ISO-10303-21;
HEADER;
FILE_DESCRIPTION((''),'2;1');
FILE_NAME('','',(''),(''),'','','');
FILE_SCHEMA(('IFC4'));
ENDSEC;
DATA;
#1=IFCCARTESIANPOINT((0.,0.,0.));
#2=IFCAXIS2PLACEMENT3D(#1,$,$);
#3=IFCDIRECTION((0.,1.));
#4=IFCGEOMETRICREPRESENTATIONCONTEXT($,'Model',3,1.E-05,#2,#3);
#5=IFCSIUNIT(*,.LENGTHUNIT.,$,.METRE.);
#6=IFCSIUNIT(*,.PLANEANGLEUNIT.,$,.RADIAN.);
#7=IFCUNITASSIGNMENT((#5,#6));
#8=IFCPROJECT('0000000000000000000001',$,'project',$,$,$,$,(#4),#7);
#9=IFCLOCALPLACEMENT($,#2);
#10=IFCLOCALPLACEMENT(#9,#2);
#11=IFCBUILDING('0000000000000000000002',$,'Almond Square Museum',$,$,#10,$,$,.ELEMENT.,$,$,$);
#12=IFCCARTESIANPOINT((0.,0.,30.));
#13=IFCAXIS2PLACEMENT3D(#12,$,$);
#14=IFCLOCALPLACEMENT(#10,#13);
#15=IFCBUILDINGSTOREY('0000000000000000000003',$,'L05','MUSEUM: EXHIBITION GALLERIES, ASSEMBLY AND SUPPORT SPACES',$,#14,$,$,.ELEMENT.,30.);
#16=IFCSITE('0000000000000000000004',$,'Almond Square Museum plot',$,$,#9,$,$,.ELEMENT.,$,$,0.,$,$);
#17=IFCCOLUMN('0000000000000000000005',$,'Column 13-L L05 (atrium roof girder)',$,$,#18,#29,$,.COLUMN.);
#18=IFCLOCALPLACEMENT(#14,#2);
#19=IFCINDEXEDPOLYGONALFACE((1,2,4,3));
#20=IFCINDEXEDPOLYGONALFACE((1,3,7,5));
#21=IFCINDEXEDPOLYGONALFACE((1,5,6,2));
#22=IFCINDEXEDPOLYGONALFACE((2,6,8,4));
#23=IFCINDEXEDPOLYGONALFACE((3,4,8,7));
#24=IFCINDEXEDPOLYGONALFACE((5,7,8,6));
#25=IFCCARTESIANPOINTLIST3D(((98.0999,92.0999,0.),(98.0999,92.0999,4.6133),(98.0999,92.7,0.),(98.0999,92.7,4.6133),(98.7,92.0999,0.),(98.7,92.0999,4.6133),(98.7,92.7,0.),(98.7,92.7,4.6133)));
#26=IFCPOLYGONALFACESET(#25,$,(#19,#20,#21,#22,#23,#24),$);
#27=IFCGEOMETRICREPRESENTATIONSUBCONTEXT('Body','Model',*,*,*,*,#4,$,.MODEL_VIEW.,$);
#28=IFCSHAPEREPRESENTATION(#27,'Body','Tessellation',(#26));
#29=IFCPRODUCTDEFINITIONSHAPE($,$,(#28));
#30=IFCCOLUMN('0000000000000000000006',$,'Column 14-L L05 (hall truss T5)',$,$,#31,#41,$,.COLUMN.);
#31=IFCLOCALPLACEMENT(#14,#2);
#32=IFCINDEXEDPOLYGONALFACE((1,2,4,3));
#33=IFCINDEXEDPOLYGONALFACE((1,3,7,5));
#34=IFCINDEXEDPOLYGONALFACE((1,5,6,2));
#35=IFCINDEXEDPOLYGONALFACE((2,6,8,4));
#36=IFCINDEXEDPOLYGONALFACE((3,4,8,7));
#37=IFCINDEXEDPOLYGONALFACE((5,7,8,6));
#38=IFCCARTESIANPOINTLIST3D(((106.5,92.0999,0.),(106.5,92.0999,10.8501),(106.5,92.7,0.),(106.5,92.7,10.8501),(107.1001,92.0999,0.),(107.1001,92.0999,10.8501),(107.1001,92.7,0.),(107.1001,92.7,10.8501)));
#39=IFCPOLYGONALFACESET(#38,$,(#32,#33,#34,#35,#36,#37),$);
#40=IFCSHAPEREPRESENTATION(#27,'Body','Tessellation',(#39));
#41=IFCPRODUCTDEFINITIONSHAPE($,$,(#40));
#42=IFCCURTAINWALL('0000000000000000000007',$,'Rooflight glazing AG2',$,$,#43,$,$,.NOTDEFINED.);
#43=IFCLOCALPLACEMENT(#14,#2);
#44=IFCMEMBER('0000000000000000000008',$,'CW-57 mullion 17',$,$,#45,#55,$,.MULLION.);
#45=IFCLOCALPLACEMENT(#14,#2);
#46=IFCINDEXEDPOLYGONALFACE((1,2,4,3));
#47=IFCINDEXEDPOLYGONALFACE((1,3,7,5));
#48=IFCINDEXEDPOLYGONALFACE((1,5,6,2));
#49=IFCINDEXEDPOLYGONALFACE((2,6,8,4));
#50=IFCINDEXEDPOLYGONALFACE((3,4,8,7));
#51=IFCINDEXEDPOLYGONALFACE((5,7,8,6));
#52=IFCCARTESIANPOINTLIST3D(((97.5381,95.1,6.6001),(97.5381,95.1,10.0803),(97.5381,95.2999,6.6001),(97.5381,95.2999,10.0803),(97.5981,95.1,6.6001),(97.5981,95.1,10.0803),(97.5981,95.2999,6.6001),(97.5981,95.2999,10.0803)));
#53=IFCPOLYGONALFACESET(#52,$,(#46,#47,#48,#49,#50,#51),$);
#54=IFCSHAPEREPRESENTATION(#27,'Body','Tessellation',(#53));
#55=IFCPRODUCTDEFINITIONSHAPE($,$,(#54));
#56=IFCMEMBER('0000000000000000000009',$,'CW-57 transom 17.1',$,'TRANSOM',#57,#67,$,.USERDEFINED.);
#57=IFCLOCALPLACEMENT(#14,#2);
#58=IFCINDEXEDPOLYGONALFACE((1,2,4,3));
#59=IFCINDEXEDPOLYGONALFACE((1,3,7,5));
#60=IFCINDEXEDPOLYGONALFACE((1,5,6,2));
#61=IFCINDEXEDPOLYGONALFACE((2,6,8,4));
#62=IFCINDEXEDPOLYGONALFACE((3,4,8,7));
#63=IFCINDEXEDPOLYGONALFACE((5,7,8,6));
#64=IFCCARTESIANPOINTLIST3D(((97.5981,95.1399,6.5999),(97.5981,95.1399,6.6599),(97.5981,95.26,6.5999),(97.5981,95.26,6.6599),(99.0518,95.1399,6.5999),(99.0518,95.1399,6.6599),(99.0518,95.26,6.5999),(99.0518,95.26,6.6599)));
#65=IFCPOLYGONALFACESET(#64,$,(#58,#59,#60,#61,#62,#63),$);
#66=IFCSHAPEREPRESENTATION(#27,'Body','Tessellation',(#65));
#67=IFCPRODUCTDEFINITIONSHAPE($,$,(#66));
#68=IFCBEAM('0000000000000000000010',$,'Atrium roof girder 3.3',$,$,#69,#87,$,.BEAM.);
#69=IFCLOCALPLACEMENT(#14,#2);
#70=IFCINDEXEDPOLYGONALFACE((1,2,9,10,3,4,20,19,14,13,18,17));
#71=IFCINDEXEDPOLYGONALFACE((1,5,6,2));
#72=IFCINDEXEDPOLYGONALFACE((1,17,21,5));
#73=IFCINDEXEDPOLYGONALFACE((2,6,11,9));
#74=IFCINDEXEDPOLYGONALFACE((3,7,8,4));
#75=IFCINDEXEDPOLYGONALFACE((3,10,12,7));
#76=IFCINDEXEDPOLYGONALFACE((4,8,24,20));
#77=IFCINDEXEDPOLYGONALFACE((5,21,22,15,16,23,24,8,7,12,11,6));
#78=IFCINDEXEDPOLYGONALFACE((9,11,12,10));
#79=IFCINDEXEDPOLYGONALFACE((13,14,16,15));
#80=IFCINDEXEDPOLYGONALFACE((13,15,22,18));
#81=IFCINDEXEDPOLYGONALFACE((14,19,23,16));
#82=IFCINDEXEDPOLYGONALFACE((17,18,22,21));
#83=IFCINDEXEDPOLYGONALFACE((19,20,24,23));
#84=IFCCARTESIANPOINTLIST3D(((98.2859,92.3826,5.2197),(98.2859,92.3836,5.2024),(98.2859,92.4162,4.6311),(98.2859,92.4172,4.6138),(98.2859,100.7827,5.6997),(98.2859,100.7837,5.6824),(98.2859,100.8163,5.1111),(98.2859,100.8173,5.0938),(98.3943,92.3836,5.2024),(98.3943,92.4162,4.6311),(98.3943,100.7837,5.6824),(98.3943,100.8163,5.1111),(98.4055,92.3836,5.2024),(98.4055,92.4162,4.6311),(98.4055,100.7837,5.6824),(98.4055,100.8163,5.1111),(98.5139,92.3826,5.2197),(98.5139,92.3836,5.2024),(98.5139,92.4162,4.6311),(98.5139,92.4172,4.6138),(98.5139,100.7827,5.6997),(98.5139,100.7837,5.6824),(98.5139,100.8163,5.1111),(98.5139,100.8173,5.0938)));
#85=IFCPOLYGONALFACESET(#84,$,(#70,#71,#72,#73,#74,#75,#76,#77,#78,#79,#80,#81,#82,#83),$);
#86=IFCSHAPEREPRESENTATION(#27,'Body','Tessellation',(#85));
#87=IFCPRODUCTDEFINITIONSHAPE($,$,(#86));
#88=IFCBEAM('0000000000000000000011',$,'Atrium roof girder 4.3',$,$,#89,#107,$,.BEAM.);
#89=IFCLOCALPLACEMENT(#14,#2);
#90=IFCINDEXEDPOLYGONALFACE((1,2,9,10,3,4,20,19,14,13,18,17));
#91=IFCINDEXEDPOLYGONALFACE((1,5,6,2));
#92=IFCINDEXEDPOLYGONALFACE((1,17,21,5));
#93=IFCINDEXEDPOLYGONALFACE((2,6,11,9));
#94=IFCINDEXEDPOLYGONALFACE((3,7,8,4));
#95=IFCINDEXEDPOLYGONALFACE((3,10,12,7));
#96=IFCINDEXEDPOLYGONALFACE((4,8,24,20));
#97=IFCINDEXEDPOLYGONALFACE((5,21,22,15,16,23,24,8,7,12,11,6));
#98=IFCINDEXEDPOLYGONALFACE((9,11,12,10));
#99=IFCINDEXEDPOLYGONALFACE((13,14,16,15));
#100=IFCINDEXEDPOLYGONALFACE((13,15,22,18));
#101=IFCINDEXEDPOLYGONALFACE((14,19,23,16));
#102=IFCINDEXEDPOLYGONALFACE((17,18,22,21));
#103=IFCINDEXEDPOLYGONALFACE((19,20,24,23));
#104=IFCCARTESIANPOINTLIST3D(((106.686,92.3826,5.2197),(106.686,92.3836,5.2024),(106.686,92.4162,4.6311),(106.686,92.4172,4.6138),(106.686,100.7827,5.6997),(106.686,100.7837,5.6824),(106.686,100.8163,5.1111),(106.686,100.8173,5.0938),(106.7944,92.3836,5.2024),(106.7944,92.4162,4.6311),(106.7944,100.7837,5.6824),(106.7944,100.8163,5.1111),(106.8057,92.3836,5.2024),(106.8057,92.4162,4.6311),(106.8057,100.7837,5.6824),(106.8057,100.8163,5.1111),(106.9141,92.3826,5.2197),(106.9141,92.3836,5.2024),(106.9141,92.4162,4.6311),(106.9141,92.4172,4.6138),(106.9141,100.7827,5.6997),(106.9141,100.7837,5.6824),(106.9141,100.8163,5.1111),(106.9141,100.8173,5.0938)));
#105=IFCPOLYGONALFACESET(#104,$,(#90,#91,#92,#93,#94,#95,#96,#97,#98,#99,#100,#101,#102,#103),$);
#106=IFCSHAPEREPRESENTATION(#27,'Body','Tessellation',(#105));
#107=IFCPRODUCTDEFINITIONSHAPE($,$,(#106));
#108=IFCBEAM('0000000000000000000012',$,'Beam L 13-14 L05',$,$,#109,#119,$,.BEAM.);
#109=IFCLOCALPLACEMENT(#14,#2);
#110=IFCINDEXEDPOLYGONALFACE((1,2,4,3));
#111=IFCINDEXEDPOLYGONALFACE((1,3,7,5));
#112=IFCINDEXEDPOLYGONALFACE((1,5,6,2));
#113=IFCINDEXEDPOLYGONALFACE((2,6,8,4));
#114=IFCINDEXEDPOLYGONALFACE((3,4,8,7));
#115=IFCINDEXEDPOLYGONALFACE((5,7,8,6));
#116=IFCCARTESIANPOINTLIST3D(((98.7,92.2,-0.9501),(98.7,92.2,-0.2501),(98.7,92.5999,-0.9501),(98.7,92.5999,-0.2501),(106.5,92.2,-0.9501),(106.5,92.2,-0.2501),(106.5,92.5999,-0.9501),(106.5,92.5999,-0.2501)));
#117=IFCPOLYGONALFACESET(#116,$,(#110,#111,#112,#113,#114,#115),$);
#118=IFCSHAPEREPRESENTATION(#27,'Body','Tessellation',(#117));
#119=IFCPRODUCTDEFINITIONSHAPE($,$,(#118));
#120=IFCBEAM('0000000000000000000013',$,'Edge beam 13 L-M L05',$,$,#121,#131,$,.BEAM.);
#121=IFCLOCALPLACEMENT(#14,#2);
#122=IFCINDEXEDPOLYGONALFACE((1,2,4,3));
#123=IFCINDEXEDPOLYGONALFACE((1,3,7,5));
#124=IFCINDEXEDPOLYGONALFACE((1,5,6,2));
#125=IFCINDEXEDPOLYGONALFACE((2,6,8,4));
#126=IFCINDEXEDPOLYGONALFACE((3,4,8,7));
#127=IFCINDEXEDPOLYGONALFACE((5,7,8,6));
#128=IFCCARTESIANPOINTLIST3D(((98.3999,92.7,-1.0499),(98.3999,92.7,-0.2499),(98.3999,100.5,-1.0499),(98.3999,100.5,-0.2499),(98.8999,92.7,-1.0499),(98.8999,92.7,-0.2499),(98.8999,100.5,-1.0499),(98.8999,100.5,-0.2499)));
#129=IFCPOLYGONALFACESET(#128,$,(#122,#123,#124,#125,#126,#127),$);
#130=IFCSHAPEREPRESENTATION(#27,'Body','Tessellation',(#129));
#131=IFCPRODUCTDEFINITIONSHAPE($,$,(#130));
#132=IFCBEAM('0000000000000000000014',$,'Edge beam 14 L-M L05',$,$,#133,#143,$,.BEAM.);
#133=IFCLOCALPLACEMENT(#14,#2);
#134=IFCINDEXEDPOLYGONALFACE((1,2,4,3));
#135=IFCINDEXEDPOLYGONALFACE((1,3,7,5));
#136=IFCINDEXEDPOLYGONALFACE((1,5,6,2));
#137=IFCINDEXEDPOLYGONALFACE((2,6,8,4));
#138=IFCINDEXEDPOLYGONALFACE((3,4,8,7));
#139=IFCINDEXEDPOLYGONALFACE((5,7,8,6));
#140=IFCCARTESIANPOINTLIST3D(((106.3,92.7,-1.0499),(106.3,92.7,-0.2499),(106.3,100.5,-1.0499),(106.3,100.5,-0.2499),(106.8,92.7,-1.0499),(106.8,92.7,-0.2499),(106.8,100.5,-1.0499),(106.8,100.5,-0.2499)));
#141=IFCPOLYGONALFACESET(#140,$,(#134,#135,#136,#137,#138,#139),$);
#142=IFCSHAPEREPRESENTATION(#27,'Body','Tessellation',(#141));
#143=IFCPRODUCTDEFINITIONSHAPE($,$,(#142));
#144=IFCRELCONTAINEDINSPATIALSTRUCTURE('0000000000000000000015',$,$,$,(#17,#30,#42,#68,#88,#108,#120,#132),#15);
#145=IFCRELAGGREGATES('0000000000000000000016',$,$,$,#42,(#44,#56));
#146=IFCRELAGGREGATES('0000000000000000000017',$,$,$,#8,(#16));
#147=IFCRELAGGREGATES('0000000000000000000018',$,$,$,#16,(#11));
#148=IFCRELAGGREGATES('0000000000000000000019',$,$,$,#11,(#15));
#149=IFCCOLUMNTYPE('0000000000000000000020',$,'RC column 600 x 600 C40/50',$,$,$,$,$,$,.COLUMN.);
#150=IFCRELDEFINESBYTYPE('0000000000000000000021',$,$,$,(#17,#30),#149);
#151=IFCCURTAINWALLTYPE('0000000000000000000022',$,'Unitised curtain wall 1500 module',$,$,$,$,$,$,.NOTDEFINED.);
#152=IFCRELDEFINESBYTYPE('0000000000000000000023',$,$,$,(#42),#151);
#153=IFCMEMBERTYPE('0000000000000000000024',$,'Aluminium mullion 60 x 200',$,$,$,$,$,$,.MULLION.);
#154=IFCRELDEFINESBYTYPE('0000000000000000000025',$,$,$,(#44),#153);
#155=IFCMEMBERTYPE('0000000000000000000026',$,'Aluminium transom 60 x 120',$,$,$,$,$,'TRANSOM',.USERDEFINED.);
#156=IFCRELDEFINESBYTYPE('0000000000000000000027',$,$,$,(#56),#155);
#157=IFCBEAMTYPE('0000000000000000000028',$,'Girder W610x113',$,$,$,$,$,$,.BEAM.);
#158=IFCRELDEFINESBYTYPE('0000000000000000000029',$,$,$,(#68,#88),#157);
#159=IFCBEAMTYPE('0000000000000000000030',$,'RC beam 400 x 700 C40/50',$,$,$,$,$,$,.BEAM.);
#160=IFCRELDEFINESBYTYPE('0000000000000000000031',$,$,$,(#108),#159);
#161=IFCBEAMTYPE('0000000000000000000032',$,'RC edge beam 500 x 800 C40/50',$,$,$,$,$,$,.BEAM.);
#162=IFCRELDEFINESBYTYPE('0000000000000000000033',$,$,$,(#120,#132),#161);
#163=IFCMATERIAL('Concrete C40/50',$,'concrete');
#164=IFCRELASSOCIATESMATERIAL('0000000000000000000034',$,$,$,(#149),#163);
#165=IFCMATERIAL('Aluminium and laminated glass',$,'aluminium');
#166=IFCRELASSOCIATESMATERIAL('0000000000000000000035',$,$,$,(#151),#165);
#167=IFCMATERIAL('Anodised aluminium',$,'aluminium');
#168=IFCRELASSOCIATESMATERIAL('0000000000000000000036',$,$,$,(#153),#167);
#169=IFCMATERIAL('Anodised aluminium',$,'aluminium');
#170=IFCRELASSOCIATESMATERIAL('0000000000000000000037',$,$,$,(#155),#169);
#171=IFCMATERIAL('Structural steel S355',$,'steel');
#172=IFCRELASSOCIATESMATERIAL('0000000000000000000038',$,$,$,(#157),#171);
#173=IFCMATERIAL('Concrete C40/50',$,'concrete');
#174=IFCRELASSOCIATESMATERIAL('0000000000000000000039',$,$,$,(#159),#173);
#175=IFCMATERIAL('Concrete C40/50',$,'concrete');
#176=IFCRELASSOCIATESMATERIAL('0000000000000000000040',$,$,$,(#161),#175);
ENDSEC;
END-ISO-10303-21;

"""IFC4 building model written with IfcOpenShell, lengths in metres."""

from ifc_helpers import new_model, si_unit, direction, frame, origin, origin_2d, place, context, subcontext, project, spatial, rectangle, i_section, extrude, material, material_profile, profile_set, type_object, element, aggregate, save


model = new_model("IFC4")

# Units and contexts
model_context = context("Model", 3, precision=1e-05, world=origin(), true_north=direction((0.0, 1.0)))
body_context = subcontext(model_context, "Body", "Model", "MODEL_VIEW")
ifc_project = project(units=[si_unit("LENGTHUNIT", "METRE"), si_unit("PLANEANGLEUNIT", "RADIAN")], contexts=[model_context])

# Site, building, storey
site_placement = place(None, origin())
site = spatial("IfcSite", under=ifc_project, at=site_placement, Name="Almond Square Museum plot", CompositionType="ELEMENT", RefElevation=0.0)
building_placement = place(site_placement, origin())
building = spatial("IfcBuilding", under=site, at=building_placement, Name="Almond Square Museum", CompositionType="ELEMENT")
storey_placement = place(building_placement, frame((0.0, 0.0, 30.0)))
storey = spatial("IfcBuildingStorey", under=building, at=storey_placement, Name="L05", Description="MUSEUM: EXHIBITION GALLERIES, ASSEMBLY AND SUPPORT SPACES", CompositionType="ELEMENT", Elevation=30.0)

# Columns
ifc_material_1 = material(Name="Concrete C40/50", Category="concrete")
ifc_material_profile_1 = material_profile(ifc_material_1, rectangle(XDim=0.6001, YDim=0.6001, at=origin_2d()))
ifc_profile_set_1 = profile_set([ifc_material_profile_1], Name="Concrete C40/50")
column_type = type_object("IfcColumnType", Name="RC column 600 x 600 C40/50", PredefinedType="COLUMN", material=ifc_profile_set_1)
column_1_placement = place(storey_placement, frame((98.3999, 92.3999, 0.0), z_axis=(0.0, 0.0, 1.0), x_axis=(1.0, 0.0, 0.0)))
element("IfcColumn", 1, at=column_1_placement, inside=storey, type_object=column_type, Name="Column 13-L L05 (atrium roof girder)", PredefinedType="COLUMN", context=body_context, shape_type="SweptSolid", body=[
    extrude(rectangle(XDim=0.6001, YDim=0.6001, at=origin_2d()), origin(), (0.0, 0.0, 1.0), 4.6133),
])
column_2_placement = place(storey_placement, frame((106.8, 92.3999, 0.0), z_axis=(0.0, 0.0, 1.0), x_axis=(1.0, 0.0, 0.0)))
element("IfcColumn", 2, at=column_2_placement, inside=storey, type_object=column_type, Name="Column 14-L L05 (hall truss T5)", PredefinedType="COLUMN", context=body_context, shape_type="SweptSolid", body=[
    extrude(rectangle(XDim=0.6001, YDim=0.6001, at=origin_2d()), origin(), (0.0, 0.0, 1.0), 10.8501),
])

# Curtain wall, members
ifc_material_2 = material(Name="Aluminium and laminated glass", Category="aluminium")
curtain_wall_type = type_object("IfcCurtainWallType", Name="Unitised curtain wall 1500 module", PredefinedType="NOTDEFINED", material=ifc_material_2)
curtain_wall_placement = place(storey_placement, origin())
curtain_wall = element("IfcCurtainWall", 3, at=curtain_wall_placement, inside=storey, type_object=curtain_wall_type, Name="Rooflight glazing AG2", PredefinedType="NOTDEFINED")
ifc_material_3 = material(Name="Anodised aluminium", Category="aluminium")
ifc_material_profile_2 = material_profile(ifc_material_3, rectangle(XDim=0.2, YDim=0.0601, at=origin_2d()))
ifc_profile_set_2 = profile_set([ifc_material_profile_2], Name="Anodised aluminium")
member_type_1 = type_object("IfcMemberType", Name="Aluminium mullion 60 x 200", PredefinedType="MULLION", material=ifc_profile_set_2)
member_1_placement = place(storey_placement, frame((97.5681, 95.2, 6.6001), z_axis=(0.0, 0.0, 1.0), x_axis=(0.0, 1.0, 0.0)))
member_1 = element("IfcMember", 4, at=member_1_placement, type_object=member_type_1, Name="CW-57 mullion 17", PredefinedType="MULLION", context=body_context, shape_type="SweptSolid", body=[
    extrude(rectangle(XDim=0.2, YDim=0.0601, at=origin_2d()), origin(), (0.0, 0.0, 1.0), 3.4802),
])
ifc_material_4 = material(Name="Anodised aluminium", Category="aluminium")
ifc_material_profile_3 = material_profile(ifc_material_4, rectangle(XDim=0.1201, YDim=0.0601, at=origin_2d()))
ifc_profile_set_3 = profile_set([ifc_material_profile_3], Name="Anodised aluminium")
member_type_2 = type_object("IfcMemberType", Name="Aluminium transom 60 x 120", ElementType="TRANSOM", PredefinedType="USERDEFINED", material=ifc_profile_set_3)
member_2_placement = place(storey_placement, frame((97.5981, 95.2, 6.6299), z_axis=(1.0, 0.0, 0.0), x_axis=(0.0, 1.0, 0.0)))
member_2 = element("IfcMember", 5, at=member_2_placement, type_object=member_type_2, Name="CW-57 transom 17.1", ObjectType="TRANSOM", PredefinedType="USERDEFINED", context=body_context, shape_type="SweptSolid", body=[
    extrude(rectangle(XDim=0.1201, YDim=0.0601, at=origin_2d()), origin(), (0.0, 0.0, 1.0), 1.4536),
])

# Beams
ifc_material_5 = material(Name="Structural steel S355", Category="steel")
ifc_material_profile_4 = material_profile(ifc_material_5, i_section(OverallWidth=0.228, OverallDepth=0.6069, WebThickness=0.0112, FlangeThickness=0.0173, at=origin_2d()))
ifc_profile_set_4 = profile_set([ifc_material_profile_4], Name="Structural steel S355")
beam_type_1 = type_object("IfcBeamType", Name="Girder W610x113", PredefinedType="BEAM", material=ifc_profile_set_4)
for number, where, z_axis, x_axis, name in (
    (6, (98.3999, 92.3999, 4.9167), (0.0, 0.998372, 0.057046), (-1.0, 0.0, 0.0), "Atrium roof girder 3.3"),
    (7, (106.8, 92.3999, 4.9167), (0.0, 0.998372, 0.057046), (-1.0, 0.0, 0.0), "Atrium roof girder 4.3"),
):
    element("IfcBeam", number, at=place(storey_placement, frame(where, z_axis=z_axis, x_axis=x_axis)), inside=storey, type_object=beam_type_1, Name=name, PredefinedType="BEAM", context=body_context, shape_type="SweptSolid", body=[
        extrude(i_section(OverallWidth=0.228, OverallDepth=0.6069, WebThickness=0.0112, FlangeThickness=0.0173, at=origin_2d()), origin(), (0.0, 0.0, 1.0), 8.4138),
    ])
ifc_material_6 = material(Name="Concrete C40/50", Category="concrete")
ifc_material_profile_5 = material_profile(ifc_material_6, rectangle(XDim=0.3999, YDim=0.7, at=origin_2d()))
ifc_profile_set_5 = profile_set([ifc_material_profile_5], Name="Concrete C40/50")
beam_type_2 = type_object("IfcBeamType", Name="RC beam 400 x 700 C40/50", PredefinedType="BEAM", material=ifc_profile_set_5)
beam_placement = place(storey_placement, frame((98.7, 92.3999, -0.6001), z_axis=(1.0, 0.0, 0.0), x_axis=(0.0, 1.0, 0.0)))
element("IfcBeam", 8, at=beam_placement, inside=storey, type_object=beam_type_2, Name="Beam L 13-14 L05", PredefinedType="BEAM", context=body_context, shape_type="SweptSolid", body=[
    extrude(rectangle(XDim=0.3999, YDim=0.7, at=origin_2d()), origin(), (0.0, 0.0, 1.0), 7.8),
])
ifc_material_7 = material(Name="Concrete C40/50", Category="concrete")
ifc_material_profile_6 = material_profile(ifc_material_7, rectangle(XDim=0.5, YDim=0.8, at=origin_2d()))
ifc_profile_set_6 = profile_set([ifc_material_profile_6], Name="Concrete C40/50")
beam_type_3 = type_object("IfcBeamType", Name="RC edge beam 500 x 800 C40/50", PredefinedType="BEAM", material=ifc_profile_set_6)
for number, where, z_axis, x_axis, name in (
    (9, (98.6499, 92.7, -0.6499), (0.0, 1.0, 0.0), (-1.0, 0.0, 0.0), "Edge beam 13 L-M L05"),
    (10, (106.55, 92.7, -0.6499), (0.0, 1.0, 0.0), (-1.0, 0.0, 0.0), "Edge beam 14 L-M L05"),
):
    element("IfcBeam", number, at=place(storey_placement, frame(where, z_axis=z_axis, x_axis=x_axis)), inside=storey, type_object=beam_type_3, Name=name, PredefinedType="BEAM", context=body_context, shape_type="SweptSolid", body=[
        extrude(rectangle(XDim=0.5, YDim=0.8, at=origin_2d()), origin(), (0.0, 0.0, 1.0), 7.8),
    ])

aggregate(curtain_wall, [member_1, member_2])

save(model, "model.ifc")
